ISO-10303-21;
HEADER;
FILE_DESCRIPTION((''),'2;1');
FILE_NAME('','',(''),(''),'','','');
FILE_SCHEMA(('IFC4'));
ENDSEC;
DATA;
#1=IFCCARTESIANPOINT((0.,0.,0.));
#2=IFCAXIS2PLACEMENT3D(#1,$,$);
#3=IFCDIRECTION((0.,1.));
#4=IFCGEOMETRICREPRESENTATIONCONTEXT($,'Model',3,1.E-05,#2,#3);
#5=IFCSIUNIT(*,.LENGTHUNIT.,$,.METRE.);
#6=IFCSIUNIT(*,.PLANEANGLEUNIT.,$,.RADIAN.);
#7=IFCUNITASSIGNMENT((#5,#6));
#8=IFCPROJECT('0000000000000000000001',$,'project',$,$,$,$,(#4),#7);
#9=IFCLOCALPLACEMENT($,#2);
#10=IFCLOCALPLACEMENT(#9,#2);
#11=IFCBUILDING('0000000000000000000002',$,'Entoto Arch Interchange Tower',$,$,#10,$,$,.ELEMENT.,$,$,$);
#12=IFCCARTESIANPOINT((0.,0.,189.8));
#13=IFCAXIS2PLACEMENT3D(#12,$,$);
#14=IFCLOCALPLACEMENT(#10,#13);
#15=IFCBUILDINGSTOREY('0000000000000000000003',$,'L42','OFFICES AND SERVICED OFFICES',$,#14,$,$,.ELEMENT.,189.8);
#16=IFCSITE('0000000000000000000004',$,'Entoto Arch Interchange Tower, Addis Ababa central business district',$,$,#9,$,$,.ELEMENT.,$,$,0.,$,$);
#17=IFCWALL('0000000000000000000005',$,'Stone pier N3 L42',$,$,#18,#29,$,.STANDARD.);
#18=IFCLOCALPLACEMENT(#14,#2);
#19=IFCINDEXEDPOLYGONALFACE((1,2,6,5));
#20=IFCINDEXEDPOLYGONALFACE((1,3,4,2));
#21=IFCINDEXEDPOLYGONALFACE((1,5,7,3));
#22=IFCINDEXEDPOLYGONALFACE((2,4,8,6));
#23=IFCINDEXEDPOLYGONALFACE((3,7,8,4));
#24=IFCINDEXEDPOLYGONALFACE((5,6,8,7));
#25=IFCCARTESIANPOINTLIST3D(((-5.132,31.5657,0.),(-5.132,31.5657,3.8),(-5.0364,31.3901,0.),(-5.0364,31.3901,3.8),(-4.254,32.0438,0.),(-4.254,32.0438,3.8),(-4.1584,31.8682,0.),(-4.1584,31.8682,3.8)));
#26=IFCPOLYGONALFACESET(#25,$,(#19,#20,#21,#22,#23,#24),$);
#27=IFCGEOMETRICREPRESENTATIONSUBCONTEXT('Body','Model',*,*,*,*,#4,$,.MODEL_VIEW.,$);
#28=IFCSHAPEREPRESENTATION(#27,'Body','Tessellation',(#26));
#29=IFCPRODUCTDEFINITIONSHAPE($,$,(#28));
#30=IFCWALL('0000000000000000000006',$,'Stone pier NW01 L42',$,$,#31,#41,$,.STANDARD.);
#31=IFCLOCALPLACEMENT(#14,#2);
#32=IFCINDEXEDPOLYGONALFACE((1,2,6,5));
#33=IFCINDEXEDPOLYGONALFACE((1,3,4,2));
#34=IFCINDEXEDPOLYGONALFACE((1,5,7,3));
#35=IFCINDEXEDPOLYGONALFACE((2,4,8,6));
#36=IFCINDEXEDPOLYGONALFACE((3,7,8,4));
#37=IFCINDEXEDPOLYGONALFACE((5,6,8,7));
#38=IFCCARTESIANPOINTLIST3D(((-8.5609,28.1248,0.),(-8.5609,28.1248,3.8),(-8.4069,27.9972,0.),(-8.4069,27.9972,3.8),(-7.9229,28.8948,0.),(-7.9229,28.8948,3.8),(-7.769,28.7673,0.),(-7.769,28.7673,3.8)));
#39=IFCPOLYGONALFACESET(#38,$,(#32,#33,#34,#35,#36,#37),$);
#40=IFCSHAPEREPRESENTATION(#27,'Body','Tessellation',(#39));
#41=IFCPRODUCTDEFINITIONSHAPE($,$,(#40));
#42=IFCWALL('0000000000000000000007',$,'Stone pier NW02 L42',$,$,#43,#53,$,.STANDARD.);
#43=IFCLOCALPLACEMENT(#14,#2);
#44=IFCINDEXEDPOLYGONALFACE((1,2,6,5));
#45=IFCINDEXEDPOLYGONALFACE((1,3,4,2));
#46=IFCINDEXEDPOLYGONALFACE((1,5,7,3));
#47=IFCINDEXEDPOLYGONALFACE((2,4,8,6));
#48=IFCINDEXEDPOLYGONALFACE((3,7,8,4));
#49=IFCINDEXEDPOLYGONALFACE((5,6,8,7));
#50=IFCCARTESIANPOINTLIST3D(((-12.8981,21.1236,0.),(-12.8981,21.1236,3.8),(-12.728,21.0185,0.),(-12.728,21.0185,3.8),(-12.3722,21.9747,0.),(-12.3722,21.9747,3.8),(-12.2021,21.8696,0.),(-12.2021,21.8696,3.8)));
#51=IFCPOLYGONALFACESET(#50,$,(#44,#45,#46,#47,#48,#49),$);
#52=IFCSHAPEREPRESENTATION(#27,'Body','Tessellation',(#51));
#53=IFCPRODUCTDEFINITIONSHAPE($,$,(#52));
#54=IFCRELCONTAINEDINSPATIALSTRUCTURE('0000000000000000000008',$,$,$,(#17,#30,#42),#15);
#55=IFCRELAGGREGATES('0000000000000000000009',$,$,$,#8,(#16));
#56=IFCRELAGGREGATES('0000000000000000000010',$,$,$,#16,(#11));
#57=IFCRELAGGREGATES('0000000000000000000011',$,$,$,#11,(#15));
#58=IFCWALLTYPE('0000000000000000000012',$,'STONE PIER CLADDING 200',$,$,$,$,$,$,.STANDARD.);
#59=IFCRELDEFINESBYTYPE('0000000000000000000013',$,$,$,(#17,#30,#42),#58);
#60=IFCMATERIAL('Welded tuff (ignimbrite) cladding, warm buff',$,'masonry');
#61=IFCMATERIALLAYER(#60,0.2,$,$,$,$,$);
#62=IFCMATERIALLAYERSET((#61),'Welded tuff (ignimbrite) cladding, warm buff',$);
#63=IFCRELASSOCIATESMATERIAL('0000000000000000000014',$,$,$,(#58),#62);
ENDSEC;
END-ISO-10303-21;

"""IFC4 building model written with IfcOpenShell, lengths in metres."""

from ifc_helpers import new_model, si_unit, direction, frame, frame_2d, origin, place, context, subcontext, project, spatial, rectangle, extrude, material, layer, layer_set, type_object, element, save


model = new_model("IFC4")

# Units and contexts
model_context = context("Model", 3, precision=1e-05, world=origin(), true_north=direction((0.0, 1.0)))
body_context = subcontext(model_context, "Body", "Model", "MODEL_VIEW")
ifc_project = project(units=[si_unit("LENGTHUNIT", "METRE"), si_unit("PLANEANGLEUNIT", "RADIAN")], contexts=[model_context])

# Site, building, storey
site_placement = place(None, origin())
site = spatial("IfcSite", under=ifc_project, at=site_placement, Name="Entoto Arch Interchange Tower, Addis Ababa central business district", CompositionType="ELEMENT", RefElevation=0.0)
building_placement = place(site_placement, origin())
building = spatial("IfcBuilding", under=site, at=building_placement, Name="Entoto Arch Interchange Tower", CompositionType="ELEMENT")
storey_placement = place(building_placement, frame((0.0, 0.0, 189.8)))
storey = spatial("IfcBuildingStorey", under=building, at=storey_placement, Name="L42", Description="OFFICES AND SERVICED OFFICES", CompositionType="ELEMENT", Elevation=189.8)

# Shared definitions
ifc_material_1 = material(Name="Welded tuff (ignimbrite) cladding, warm buff", Category="masonry")

# Walls
ifc_layer_1 = layer(ifc_material_1, 0.2)
ifc_layer_set_1 = layer_set([ifc_layer_1], Name="Welded tuff (ignimbrite) cladding, warm buff")
wall_type_1 = type_object("IfcWallType", Name="STONE PIER CLADDING 200", PredefinedType="STANDARD", material=ifc_layer_set_1)
wall_1_placement = place(storey_placement, frame((-4.2061, 31.9561, 0.0), z_axis=(0.0, 0.0, 1.0), x_axis=(-0.87825, -0.478202, 0.0)))
element("IfcWall", 1, at=wall_1_placement, inside=storey, type_object=wall_type_1, Name="Stone pier N3 L42", PredefinedType="STANDARD", context=body_context, shape_type="SweptSolid", body=[
    extrude(rectangle(XDim=0.9998, YDim=0.2, at=frame_2d((0.5, 0.0))), origin(), (0.0, 0.0, 1.0), 3.8),
])
wall_2_placement = place(storey_placement, frame((-7.8459, 28.8311, 0.0), z_axis=(0.0, 0.0, 1.0), x_axis=(-0.637972, -0.770059, 0.0)))
element("IfcWall", 2, at=wall_2_placement, inside=storey, type_object=wall_type_1, Name="Stone pier NW01 L42", PredefinedType="STANDARD", context=body_context, shape_type="SweptSolid", body=[
    extrude(rectangle(XDim=1.0, YDim=0.2, at=frame_2d((0.5, 0.0))), origin(), (0.0, 0.0, 1.0), 3.8),
])
wall_3_placement = place(storey_placement, frame((-12.2871, 21.9221, 0.0), z_axis=(0.0, 0.0, 1.0), x_axis=(-0.525649, -0.850702, 0.0)))
element("IfcWall", 3, at=wall_3_placement, inside=storey, type_object=wall_type_1, Name="Stone pier NW02 L42", PredefinedType="STANDARD", context=body_context, shape_type="SweptSolid", body=[
    extrude(rectangle(XDim=1.0005, YDim=0.2, at=frame_2d((0.5002, 0.0))), origin(), (0.0, 0.0, 1.0), 3.8),
])

save(model, "model.ifc")
